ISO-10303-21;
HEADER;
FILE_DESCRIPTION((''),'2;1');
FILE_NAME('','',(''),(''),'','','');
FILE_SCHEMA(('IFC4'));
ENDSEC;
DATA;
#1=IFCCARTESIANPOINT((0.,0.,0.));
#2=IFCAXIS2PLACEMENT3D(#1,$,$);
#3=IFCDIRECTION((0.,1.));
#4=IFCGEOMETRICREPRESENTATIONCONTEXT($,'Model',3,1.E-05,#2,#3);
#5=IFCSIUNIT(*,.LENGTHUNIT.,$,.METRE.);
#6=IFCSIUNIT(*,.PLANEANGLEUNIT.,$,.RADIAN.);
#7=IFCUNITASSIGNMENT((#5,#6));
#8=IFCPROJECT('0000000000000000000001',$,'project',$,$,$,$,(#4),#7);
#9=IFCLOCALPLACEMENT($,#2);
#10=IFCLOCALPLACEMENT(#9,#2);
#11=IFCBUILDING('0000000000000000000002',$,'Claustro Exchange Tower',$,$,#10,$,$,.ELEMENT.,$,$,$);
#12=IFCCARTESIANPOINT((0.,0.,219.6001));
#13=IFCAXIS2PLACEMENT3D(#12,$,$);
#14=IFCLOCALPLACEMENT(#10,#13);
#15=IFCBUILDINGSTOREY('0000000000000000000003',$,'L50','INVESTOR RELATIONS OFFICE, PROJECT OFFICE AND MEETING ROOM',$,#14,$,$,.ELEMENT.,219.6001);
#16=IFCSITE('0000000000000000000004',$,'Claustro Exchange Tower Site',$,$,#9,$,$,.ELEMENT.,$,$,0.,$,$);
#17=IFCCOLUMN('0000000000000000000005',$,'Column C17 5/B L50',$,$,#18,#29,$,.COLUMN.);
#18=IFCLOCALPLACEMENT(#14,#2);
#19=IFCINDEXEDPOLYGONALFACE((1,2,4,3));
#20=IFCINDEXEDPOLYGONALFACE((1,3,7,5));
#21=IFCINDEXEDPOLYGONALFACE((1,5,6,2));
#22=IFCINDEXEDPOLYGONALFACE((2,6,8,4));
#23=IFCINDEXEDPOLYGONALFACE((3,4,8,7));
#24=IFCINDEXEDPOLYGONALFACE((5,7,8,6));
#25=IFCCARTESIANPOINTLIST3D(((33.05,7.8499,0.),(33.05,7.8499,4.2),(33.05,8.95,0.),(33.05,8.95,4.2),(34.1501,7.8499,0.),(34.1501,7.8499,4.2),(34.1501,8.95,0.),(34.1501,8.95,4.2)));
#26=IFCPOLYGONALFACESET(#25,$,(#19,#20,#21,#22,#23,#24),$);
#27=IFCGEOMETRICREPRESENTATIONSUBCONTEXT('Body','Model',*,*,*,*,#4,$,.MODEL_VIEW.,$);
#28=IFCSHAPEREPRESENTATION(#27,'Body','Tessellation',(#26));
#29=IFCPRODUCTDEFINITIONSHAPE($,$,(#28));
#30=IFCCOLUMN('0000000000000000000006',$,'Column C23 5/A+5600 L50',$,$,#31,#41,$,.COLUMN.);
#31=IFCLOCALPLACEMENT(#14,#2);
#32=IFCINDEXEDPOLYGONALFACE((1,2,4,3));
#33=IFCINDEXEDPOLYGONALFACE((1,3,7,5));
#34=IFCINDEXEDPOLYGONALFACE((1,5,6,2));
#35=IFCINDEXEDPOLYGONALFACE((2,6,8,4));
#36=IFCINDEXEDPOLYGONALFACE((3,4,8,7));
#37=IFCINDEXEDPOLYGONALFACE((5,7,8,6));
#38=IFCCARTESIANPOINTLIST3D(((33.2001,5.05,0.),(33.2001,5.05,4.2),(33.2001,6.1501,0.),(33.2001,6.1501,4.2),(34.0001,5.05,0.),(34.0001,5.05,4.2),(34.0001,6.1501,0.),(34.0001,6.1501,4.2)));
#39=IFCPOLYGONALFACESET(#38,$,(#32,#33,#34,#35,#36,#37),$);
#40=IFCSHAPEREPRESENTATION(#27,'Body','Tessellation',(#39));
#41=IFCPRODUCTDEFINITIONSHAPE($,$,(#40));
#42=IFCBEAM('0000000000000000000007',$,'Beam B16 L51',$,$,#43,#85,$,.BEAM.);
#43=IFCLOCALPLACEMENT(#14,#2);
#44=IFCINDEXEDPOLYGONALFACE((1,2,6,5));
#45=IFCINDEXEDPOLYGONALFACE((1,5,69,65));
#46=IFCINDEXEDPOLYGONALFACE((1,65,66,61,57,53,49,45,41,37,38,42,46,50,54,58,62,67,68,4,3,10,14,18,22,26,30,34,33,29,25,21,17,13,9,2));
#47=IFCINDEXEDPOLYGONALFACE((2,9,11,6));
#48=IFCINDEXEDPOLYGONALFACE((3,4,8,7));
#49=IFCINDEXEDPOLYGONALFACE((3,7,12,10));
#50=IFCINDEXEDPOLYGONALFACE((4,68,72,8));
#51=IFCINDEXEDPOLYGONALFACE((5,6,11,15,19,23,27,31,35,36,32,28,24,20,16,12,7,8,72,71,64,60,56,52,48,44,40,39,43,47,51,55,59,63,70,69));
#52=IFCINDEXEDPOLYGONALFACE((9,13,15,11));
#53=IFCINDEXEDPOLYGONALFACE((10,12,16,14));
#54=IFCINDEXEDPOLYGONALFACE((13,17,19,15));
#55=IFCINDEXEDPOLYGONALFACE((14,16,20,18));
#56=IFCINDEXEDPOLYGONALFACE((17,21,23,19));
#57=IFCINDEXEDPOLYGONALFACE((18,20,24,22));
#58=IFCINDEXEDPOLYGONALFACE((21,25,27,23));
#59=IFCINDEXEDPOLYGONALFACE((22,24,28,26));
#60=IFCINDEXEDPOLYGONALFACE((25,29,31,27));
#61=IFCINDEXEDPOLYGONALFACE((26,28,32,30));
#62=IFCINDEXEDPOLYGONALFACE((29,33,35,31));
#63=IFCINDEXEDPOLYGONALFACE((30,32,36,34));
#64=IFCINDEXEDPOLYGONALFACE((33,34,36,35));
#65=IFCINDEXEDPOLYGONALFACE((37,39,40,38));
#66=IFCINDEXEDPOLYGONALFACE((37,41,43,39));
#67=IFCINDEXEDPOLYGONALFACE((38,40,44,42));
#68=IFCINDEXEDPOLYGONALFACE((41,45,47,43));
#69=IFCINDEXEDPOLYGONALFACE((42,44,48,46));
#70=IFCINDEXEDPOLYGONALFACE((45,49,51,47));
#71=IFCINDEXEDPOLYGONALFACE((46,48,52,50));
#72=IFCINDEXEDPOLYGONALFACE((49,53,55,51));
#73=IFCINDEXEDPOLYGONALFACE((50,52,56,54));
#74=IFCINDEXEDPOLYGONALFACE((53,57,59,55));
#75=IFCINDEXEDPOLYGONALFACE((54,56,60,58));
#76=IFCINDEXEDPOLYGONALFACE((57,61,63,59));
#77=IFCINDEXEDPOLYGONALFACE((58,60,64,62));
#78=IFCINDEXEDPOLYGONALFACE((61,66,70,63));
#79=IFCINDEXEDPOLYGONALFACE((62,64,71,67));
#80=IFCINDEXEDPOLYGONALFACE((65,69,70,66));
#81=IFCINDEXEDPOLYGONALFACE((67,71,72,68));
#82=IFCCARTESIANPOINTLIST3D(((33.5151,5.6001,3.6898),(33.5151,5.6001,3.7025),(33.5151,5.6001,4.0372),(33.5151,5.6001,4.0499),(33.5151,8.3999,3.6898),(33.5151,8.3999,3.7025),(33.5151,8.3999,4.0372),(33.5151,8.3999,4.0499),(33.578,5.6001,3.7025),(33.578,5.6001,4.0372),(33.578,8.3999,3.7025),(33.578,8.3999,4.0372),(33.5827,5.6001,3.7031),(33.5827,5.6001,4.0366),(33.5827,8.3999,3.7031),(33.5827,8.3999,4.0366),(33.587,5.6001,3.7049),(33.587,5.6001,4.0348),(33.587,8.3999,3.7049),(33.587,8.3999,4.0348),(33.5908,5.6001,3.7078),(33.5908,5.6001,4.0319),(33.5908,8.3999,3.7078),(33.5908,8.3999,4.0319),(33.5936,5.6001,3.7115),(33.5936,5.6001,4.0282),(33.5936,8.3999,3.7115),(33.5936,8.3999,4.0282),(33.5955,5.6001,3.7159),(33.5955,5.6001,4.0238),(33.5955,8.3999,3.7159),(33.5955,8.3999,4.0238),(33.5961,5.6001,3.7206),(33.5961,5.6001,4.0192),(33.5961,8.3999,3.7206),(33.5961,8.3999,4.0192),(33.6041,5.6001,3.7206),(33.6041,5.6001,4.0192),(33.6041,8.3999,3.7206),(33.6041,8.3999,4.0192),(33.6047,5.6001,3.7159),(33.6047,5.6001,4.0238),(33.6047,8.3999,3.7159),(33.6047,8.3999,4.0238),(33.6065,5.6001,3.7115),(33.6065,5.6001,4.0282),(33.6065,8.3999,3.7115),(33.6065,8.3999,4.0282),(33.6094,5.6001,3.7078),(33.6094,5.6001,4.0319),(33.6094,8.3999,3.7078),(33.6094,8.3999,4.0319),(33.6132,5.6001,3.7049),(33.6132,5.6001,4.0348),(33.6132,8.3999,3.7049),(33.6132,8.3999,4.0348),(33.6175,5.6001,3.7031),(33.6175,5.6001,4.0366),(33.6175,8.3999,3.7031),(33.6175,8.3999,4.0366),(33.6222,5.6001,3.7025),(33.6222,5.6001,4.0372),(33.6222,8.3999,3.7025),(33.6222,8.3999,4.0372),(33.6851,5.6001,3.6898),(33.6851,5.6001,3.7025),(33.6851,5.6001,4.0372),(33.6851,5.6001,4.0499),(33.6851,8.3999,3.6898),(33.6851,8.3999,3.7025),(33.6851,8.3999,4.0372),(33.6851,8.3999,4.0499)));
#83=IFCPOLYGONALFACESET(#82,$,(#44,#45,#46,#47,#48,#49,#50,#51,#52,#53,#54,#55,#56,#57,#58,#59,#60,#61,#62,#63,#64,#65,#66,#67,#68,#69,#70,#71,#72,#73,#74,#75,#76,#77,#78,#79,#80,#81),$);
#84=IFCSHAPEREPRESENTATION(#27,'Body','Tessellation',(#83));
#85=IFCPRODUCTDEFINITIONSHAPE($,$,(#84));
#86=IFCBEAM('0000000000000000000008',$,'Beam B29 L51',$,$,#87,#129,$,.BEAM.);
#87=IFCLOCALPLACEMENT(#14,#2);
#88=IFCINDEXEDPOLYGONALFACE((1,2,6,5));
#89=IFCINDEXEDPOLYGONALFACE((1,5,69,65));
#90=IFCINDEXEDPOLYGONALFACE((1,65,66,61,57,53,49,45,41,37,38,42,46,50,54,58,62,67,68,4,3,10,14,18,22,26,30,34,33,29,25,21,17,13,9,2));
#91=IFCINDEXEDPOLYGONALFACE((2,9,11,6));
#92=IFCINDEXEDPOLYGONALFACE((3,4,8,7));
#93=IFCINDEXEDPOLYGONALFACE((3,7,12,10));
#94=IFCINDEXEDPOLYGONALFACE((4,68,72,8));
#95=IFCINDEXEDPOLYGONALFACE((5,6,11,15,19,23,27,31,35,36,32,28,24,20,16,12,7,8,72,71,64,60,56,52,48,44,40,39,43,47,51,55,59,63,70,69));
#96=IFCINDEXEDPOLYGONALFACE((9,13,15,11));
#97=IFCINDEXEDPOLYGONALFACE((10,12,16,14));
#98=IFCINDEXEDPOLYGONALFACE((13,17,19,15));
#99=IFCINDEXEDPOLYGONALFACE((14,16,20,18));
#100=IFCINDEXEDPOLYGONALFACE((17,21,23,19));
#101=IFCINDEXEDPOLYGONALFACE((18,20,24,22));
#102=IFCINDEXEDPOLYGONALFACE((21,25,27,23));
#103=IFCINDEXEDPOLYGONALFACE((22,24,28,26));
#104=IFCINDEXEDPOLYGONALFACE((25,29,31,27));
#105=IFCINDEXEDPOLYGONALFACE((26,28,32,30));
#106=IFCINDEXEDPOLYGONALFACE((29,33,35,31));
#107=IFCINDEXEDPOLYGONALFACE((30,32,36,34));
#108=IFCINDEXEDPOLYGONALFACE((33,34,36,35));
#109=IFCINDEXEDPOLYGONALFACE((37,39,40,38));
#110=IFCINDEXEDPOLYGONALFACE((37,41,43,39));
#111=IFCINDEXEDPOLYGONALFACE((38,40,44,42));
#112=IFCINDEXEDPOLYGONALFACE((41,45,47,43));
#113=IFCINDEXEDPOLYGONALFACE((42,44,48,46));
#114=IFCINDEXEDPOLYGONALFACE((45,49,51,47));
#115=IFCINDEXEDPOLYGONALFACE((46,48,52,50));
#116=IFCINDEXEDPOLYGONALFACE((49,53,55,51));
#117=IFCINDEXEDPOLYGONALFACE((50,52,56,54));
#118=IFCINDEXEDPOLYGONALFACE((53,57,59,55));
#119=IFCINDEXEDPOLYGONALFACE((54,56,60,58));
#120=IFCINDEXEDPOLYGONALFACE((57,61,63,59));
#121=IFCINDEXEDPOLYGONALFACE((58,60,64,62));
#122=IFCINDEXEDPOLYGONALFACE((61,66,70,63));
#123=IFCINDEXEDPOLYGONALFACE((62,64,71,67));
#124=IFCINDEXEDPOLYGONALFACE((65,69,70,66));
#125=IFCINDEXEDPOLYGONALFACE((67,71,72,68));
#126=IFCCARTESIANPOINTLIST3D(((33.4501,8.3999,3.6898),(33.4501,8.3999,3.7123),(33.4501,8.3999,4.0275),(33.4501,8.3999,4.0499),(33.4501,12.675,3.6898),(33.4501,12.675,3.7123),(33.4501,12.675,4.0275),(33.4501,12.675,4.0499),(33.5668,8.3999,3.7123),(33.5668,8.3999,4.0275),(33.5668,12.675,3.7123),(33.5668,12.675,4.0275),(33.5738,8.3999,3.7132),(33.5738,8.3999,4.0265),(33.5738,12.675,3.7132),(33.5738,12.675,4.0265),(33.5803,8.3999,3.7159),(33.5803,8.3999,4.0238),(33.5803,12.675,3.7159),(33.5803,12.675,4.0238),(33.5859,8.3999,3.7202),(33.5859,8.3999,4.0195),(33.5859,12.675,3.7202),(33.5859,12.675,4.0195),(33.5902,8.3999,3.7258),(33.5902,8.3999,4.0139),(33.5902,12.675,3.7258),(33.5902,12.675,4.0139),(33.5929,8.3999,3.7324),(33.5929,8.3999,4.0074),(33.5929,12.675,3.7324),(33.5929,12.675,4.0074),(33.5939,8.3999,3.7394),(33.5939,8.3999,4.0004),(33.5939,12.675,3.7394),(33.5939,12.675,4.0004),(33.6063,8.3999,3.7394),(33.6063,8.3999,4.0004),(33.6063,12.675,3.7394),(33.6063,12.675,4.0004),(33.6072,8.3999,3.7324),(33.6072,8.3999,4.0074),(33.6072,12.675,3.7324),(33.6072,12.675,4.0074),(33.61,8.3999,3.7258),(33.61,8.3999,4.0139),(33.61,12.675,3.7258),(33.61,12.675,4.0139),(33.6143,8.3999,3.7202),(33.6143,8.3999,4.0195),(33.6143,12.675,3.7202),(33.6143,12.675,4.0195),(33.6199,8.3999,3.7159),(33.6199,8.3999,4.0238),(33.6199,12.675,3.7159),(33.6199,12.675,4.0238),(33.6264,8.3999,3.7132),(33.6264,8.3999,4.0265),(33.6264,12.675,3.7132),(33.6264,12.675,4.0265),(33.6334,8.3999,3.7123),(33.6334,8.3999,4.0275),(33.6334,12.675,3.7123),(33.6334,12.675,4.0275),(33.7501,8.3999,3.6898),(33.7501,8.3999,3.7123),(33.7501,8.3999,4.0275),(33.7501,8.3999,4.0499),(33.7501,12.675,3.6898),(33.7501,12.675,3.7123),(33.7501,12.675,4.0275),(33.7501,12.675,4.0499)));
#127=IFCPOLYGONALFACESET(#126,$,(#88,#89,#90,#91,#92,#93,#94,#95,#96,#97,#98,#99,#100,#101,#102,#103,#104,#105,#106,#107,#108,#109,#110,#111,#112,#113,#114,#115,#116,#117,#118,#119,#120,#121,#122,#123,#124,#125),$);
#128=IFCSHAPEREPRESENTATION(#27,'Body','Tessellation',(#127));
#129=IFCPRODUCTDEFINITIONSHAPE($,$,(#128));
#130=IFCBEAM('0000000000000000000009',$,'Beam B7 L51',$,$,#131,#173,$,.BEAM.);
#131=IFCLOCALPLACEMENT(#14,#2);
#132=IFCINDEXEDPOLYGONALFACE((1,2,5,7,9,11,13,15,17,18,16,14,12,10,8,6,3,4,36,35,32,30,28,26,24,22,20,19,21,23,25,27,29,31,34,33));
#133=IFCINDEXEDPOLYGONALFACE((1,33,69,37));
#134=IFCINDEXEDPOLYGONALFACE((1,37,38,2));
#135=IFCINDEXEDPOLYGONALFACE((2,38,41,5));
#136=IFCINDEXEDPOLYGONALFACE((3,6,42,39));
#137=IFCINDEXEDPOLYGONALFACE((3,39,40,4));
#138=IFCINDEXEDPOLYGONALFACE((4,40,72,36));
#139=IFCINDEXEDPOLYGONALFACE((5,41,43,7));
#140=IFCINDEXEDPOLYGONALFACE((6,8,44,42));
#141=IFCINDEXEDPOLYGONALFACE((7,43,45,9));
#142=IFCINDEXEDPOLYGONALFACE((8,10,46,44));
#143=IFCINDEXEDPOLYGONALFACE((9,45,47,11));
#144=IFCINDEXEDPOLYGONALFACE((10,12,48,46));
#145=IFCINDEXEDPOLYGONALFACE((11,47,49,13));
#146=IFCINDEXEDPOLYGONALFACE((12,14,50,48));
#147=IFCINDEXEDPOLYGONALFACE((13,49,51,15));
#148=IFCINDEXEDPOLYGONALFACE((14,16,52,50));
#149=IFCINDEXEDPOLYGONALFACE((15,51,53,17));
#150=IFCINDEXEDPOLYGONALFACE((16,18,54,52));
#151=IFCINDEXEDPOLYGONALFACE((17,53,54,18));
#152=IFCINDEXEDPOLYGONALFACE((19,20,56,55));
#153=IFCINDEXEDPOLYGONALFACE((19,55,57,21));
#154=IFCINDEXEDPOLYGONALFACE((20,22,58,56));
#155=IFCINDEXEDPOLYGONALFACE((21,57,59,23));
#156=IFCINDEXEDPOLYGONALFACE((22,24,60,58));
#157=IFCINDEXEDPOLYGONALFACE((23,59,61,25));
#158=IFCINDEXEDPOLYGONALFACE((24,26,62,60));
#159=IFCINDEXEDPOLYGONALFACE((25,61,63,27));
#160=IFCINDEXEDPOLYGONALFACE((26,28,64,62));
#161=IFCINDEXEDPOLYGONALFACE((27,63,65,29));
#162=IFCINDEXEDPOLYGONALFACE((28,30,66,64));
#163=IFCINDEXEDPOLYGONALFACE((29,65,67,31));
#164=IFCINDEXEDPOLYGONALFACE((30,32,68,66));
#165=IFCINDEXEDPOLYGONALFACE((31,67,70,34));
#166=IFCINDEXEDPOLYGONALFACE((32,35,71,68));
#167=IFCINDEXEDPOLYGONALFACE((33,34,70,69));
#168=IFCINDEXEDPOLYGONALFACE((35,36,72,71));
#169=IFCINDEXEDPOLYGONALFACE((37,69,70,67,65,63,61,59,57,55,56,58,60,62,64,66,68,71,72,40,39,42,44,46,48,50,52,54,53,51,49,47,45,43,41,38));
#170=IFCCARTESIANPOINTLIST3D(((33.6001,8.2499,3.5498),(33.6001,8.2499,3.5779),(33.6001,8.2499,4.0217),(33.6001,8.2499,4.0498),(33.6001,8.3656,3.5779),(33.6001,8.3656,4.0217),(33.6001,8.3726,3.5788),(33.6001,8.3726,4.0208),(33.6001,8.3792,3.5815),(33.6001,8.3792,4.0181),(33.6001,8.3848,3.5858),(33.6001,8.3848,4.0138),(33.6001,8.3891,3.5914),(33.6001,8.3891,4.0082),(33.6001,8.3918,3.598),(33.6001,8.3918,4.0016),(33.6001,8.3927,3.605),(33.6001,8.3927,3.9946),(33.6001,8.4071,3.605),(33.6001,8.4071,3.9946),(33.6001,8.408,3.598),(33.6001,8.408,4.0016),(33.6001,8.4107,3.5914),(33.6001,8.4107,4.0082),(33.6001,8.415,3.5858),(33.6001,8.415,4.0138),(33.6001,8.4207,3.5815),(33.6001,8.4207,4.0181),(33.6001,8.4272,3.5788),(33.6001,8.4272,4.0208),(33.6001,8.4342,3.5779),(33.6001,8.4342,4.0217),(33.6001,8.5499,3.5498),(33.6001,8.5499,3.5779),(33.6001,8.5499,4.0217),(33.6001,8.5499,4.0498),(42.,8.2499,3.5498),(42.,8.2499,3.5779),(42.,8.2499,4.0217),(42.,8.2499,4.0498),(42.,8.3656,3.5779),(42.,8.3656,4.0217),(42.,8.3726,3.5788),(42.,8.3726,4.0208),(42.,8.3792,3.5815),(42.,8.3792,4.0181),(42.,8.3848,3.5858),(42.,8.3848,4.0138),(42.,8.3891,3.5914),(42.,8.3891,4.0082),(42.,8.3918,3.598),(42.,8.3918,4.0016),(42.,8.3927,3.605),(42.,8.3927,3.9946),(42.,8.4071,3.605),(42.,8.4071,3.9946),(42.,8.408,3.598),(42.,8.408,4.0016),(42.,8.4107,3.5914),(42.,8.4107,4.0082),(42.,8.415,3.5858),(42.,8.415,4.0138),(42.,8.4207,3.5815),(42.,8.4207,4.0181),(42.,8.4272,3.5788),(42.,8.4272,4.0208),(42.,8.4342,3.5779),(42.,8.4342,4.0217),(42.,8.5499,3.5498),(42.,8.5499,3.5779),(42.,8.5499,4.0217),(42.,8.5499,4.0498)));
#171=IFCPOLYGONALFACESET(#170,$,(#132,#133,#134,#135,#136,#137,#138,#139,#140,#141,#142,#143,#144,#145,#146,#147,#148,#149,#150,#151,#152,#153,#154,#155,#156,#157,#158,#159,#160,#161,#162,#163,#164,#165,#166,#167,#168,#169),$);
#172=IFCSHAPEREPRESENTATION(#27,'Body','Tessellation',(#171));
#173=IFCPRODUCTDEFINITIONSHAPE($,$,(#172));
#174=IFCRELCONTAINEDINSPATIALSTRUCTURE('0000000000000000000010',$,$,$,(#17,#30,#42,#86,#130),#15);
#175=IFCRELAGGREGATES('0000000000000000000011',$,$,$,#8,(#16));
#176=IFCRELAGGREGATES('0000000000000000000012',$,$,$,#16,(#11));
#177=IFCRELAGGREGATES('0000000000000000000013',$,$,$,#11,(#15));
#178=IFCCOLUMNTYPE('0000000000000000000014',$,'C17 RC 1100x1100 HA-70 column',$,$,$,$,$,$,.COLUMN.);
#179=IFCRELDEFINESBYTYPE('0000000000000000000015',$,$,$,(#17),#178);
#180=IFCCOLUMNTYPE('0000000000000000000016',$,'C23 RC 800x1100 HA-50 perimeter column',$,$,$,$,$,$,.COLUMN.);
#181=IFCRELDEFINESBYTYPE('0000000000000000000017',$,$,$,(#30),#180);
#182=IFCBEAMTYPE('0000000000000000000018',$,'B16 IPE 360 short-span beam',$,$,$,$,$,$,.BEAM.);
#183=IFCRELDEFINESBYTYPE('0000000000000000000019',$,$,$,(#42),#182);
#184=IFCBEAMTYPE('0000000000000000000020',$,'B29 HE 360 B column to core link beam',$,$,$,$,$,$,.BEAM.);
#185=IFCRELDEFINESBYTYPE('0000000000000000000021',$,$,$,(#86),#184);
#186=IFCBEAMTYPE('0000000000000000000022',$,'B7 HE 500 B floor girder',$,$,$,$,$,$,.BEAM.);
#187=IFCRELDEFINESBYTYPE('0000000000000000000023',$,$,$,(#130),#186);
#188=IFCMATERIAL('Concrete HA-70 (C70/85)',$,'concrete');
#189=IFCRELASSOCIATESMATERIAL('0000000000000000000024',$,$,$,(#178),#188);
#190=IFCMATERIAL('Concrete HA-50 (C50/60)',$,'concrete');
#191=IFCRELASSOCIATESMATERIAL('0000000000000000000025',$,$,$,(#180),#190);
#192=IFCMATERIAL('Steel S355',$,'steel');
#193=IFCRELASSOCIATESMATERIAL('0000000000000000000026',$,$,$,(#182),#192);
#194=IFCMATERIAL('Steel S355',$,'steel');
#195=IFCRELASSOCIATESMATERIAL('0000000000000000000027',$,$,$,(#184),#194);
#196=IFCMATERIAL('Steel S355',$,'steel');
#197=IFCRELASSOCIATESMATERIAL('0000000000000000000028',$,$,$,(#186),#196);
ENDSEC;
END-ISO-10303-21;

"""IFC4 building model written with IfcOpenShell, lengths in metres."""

from ifc_helpers import new_model, si_unit, direction, frame, origin, origin_2d, place, context, subcontext, project, spatial, rectangle, i_section, extrude, material, material_profile, profile_set, type_object, element, save


model = new_model("IFC4")

# Units and contexts
model_context = context("Model", 3, precision=1e-05, world=origin(), true_north=direction((0.0, 1.0)))
body_context = subcontext(model_context, "Body", "Model", "MODEL_VIEW")
ifc_project = project(units=[si_unit("LENGTHUNIT", "METRE"), si_unit("PLANEANGLEUNIT", "RADIAN")], contexts=[model_context])

# Site, building, storey
site_placement = place(None, origin())
site = spatial("IfcSite", under=ifc_project, at=site_placement, Name="Claustro Exchange Tower Site", CompositionType="ELEMENT", RefElevation=0.0)
building_placement = place(site_placement, origin())
building = spatial("IfcBuilding", under=site, at=building_placement, Name="Claustro Exchange Tower", CompositionType="ELEMENT")
storey_placement = place(building_placement, frame((0.0, 0.0, 219.6001)))
storey = spatial("IfcBuildingStorey", under=building, at=storey_placement, Name="L50", Description="INVESTOR RELATIONS OFFICE, PROJECT OFFICE AND MEETING ROOM", CompositionType="ELEMENT", Elevation=219.6001)

# Columns
ifc_material_1 = material(Name="Concrete HA-70 (C70/85)", Category="concrete")
ifc_material_profile_1 = material_profile(ifc_material_1, rectangle(XDim=1.1001, YDim=1.1001, at=origin_2d()), Name="RC 1100x1100")
ifc_profile_set_1 = profile_set([ifc_material_profile_1], Name="Concrete HA-70 (C70/85)")
column_type_1 = type_object("IfcColumnType", Name="C17 RC 1100x1100 HA-70 column", PredefinedType="COLUMN", material=ifc_profile_set_1)
column_1_placement = place(storey_placement, frame((33.6001, 8.3999, 0.0), z_axis=(0.0, 0.0, 1.0), x_axis=(1.0, 0.0, 0.0)))
element("IfcColumn", 1, at=column_1_placement, inside=storey, type_object=column_type_1, Name="Column C17 5/B L50", PredefinedType="COLUMN", context=body_context, shape_type="SweptSolid", body=[
    extrude(rectangle(XDim=1.1001, YDim=1.1001, at=origin_2d()), origin(), (0.0, 0.0, 1.0), 4.2),
])
ifc_material_2 = material(Name="Concrete HA-50 (C50/60)", Category="concrete")
ifc_material_profile_2 = material_profile(ifc_material_2, rectangle(XDim=0.8, YDim=1.1001, at=origin_2d()), Name="RC 800x1100")
ifc_profile_set_2 = profile_set([ifc_material_profile_2], Name="Concrete HA-50 (C50/60)")
column_type_2 = type_object("IfcColumnType", Name="C23 RC 800x1100 HA-50 perimeter column", PredefinedType="COLUMN", material=ifc_profile_set_2)
column_2_placement = place(storey_placement, frame((33.6001, 5.6001, 0.0), z_axis=(0.0, 0.0, 1.0), x_axis=(1.0, 0.0, 0.0)))
element("IfcColumn", 2, at=column_2_placement, inside=storey, type_object=column_type_2, Name="Column C23 5/A+5600 L50", PredefinedType="COLUMN", context=body_context, shape_type="SweptSolid", body=[
    extrude(rectangle(XDim=0.8, YDim=1.1001, at=origin_2d()), origin(), (0.0, 0.0, 1.0), 4.2),
])

# Beams
ifc_material_3 = material(Name="Steel S355", Category="steel")
ifc_material_profile_3 = material_profile(ifc_material_3, i_section(OverallWidth=0.1699, OverallDepth=0.3601, WebThickness=0.0081, FlangeThickness=0.0127, FilletRadius=0.0181, at=origin_2d()), Name="IPE 360")
ifc_profile_set_3 = profile_set([ifc_material_profile_3], Name="Steel S355")
beam_type_1 = type_object("IfcBeamType", Name="B16 IPE 360 short-span beam", PredefinedType="BEAM", material=ifc_profile_set_3)
beam_1_placement = place(storey_placement, frame((33.6001, 5.6001, 3.8699), z_axis=(0.0, 1.0, 0.0), x_axis=(-1.0, 0.0, 0.0)))
element("IfcBeam", 3, at=beam_1_placement, inside=storey, type_object=beam_type_1, Name="Beam B16 L51", PredefinedType="BEAM", context=body_context, shape_type="SweptSolid", body=[
    extrude(i_section(OverallWidth=0.1699, OverallDepth=0.3601, WebThickness=0.0081, FlangeThickness=0.0127, FilletRadius=0.0181, at=origin_2d()), origin(), (0.0, 0.0, 1.0), 2.7998),
])
ifc_material_4 = material(Name="Steel S355", Category="steel")
ifc_material_profile_4 = material_profile(ifc_material_4, i_section(OverallWidth=0.3, OverallDepth=0.3601, WebThickness=0.0125, FlangeThickness=0.0225, FilletRadius=0.0271, at=origin_2d()), Name="HE 360 B")
ifc_profile_set_4 = profile_set([ifc_material_profile_4], Name="Steel S355")
beam_type_2 = type_object("IfcBeamType", Name="B29 HE 360 B column to core link beam", PredefinedType="BEAM", material=ifc_profile_set_4)
beam_2_placement = place(storey_placement, frame((33.6001, 8.3999, 3.8699), z_axis=(0.0, 1.0, 0.0), x_axis=(-1.0, 0.0, 0.0)))
element("IfcBeam", 4, at=beam_2_placement, inside=storey, type_object=beam_type_2, Name="Beam B29 L51", PredefinedType="BEAM", context=body_context, shape_type="SweptSolid", body=[
    extrude(i_section(OverallWidth=0.3, OverallDepth=0.3601, WebThickness=0.0125, FlangeThickness=0.0225, FilletRadius=0.0271, at=origin_2d()), origin(), (0.0, 0.0, 1.0), 4.2751),
])
ifc_material_5 = material(Name="Steel S355", Category="steel")
ifc_material_profile_5 = material_profile(ifc_material_5, i_section(OverallWidth=0.3, OverallDepth=0.5, WebThickness=0.0144, FlangeThickness=0.0281, FilletRadius=0.0271, at=origin_2d()), Name="HE 500 B")
ifc_profile_set_5 = profile_set([ifc_material_profile_5], Name="Steel S355")
beam_type_3 = type_object("IfcBeamType", Name="B7 HE 500 B floor girder", PredefinedType="BEAM", material=ifc_profile_set_5)
beam_3_placement = place(storey_placement, frame((33.6001, 8.3999, 3.7998), z_axis=(1.0, 0.0, 0.0), x_axis=(0.0, 1.0, 0.0)))
element("IfcBeam", 5, at=beam_3_placement, inside=storey, type_object=beam_type_3, Name="Beam B7 L51", PredefinedType="BEAM", context=body_context, shape_type="SweptSolid", body=[
    extrude(i_section(OverallWidth=0.3, OverallDepth=0.5, WebThickness=0.0144, FlangeThickness=0.0281, FilletRadius=0.0271, at=origin_2d()), origin(), (0.0, 0.0, 1.0), 8.3999),
])

save(model, "model.ifc")
